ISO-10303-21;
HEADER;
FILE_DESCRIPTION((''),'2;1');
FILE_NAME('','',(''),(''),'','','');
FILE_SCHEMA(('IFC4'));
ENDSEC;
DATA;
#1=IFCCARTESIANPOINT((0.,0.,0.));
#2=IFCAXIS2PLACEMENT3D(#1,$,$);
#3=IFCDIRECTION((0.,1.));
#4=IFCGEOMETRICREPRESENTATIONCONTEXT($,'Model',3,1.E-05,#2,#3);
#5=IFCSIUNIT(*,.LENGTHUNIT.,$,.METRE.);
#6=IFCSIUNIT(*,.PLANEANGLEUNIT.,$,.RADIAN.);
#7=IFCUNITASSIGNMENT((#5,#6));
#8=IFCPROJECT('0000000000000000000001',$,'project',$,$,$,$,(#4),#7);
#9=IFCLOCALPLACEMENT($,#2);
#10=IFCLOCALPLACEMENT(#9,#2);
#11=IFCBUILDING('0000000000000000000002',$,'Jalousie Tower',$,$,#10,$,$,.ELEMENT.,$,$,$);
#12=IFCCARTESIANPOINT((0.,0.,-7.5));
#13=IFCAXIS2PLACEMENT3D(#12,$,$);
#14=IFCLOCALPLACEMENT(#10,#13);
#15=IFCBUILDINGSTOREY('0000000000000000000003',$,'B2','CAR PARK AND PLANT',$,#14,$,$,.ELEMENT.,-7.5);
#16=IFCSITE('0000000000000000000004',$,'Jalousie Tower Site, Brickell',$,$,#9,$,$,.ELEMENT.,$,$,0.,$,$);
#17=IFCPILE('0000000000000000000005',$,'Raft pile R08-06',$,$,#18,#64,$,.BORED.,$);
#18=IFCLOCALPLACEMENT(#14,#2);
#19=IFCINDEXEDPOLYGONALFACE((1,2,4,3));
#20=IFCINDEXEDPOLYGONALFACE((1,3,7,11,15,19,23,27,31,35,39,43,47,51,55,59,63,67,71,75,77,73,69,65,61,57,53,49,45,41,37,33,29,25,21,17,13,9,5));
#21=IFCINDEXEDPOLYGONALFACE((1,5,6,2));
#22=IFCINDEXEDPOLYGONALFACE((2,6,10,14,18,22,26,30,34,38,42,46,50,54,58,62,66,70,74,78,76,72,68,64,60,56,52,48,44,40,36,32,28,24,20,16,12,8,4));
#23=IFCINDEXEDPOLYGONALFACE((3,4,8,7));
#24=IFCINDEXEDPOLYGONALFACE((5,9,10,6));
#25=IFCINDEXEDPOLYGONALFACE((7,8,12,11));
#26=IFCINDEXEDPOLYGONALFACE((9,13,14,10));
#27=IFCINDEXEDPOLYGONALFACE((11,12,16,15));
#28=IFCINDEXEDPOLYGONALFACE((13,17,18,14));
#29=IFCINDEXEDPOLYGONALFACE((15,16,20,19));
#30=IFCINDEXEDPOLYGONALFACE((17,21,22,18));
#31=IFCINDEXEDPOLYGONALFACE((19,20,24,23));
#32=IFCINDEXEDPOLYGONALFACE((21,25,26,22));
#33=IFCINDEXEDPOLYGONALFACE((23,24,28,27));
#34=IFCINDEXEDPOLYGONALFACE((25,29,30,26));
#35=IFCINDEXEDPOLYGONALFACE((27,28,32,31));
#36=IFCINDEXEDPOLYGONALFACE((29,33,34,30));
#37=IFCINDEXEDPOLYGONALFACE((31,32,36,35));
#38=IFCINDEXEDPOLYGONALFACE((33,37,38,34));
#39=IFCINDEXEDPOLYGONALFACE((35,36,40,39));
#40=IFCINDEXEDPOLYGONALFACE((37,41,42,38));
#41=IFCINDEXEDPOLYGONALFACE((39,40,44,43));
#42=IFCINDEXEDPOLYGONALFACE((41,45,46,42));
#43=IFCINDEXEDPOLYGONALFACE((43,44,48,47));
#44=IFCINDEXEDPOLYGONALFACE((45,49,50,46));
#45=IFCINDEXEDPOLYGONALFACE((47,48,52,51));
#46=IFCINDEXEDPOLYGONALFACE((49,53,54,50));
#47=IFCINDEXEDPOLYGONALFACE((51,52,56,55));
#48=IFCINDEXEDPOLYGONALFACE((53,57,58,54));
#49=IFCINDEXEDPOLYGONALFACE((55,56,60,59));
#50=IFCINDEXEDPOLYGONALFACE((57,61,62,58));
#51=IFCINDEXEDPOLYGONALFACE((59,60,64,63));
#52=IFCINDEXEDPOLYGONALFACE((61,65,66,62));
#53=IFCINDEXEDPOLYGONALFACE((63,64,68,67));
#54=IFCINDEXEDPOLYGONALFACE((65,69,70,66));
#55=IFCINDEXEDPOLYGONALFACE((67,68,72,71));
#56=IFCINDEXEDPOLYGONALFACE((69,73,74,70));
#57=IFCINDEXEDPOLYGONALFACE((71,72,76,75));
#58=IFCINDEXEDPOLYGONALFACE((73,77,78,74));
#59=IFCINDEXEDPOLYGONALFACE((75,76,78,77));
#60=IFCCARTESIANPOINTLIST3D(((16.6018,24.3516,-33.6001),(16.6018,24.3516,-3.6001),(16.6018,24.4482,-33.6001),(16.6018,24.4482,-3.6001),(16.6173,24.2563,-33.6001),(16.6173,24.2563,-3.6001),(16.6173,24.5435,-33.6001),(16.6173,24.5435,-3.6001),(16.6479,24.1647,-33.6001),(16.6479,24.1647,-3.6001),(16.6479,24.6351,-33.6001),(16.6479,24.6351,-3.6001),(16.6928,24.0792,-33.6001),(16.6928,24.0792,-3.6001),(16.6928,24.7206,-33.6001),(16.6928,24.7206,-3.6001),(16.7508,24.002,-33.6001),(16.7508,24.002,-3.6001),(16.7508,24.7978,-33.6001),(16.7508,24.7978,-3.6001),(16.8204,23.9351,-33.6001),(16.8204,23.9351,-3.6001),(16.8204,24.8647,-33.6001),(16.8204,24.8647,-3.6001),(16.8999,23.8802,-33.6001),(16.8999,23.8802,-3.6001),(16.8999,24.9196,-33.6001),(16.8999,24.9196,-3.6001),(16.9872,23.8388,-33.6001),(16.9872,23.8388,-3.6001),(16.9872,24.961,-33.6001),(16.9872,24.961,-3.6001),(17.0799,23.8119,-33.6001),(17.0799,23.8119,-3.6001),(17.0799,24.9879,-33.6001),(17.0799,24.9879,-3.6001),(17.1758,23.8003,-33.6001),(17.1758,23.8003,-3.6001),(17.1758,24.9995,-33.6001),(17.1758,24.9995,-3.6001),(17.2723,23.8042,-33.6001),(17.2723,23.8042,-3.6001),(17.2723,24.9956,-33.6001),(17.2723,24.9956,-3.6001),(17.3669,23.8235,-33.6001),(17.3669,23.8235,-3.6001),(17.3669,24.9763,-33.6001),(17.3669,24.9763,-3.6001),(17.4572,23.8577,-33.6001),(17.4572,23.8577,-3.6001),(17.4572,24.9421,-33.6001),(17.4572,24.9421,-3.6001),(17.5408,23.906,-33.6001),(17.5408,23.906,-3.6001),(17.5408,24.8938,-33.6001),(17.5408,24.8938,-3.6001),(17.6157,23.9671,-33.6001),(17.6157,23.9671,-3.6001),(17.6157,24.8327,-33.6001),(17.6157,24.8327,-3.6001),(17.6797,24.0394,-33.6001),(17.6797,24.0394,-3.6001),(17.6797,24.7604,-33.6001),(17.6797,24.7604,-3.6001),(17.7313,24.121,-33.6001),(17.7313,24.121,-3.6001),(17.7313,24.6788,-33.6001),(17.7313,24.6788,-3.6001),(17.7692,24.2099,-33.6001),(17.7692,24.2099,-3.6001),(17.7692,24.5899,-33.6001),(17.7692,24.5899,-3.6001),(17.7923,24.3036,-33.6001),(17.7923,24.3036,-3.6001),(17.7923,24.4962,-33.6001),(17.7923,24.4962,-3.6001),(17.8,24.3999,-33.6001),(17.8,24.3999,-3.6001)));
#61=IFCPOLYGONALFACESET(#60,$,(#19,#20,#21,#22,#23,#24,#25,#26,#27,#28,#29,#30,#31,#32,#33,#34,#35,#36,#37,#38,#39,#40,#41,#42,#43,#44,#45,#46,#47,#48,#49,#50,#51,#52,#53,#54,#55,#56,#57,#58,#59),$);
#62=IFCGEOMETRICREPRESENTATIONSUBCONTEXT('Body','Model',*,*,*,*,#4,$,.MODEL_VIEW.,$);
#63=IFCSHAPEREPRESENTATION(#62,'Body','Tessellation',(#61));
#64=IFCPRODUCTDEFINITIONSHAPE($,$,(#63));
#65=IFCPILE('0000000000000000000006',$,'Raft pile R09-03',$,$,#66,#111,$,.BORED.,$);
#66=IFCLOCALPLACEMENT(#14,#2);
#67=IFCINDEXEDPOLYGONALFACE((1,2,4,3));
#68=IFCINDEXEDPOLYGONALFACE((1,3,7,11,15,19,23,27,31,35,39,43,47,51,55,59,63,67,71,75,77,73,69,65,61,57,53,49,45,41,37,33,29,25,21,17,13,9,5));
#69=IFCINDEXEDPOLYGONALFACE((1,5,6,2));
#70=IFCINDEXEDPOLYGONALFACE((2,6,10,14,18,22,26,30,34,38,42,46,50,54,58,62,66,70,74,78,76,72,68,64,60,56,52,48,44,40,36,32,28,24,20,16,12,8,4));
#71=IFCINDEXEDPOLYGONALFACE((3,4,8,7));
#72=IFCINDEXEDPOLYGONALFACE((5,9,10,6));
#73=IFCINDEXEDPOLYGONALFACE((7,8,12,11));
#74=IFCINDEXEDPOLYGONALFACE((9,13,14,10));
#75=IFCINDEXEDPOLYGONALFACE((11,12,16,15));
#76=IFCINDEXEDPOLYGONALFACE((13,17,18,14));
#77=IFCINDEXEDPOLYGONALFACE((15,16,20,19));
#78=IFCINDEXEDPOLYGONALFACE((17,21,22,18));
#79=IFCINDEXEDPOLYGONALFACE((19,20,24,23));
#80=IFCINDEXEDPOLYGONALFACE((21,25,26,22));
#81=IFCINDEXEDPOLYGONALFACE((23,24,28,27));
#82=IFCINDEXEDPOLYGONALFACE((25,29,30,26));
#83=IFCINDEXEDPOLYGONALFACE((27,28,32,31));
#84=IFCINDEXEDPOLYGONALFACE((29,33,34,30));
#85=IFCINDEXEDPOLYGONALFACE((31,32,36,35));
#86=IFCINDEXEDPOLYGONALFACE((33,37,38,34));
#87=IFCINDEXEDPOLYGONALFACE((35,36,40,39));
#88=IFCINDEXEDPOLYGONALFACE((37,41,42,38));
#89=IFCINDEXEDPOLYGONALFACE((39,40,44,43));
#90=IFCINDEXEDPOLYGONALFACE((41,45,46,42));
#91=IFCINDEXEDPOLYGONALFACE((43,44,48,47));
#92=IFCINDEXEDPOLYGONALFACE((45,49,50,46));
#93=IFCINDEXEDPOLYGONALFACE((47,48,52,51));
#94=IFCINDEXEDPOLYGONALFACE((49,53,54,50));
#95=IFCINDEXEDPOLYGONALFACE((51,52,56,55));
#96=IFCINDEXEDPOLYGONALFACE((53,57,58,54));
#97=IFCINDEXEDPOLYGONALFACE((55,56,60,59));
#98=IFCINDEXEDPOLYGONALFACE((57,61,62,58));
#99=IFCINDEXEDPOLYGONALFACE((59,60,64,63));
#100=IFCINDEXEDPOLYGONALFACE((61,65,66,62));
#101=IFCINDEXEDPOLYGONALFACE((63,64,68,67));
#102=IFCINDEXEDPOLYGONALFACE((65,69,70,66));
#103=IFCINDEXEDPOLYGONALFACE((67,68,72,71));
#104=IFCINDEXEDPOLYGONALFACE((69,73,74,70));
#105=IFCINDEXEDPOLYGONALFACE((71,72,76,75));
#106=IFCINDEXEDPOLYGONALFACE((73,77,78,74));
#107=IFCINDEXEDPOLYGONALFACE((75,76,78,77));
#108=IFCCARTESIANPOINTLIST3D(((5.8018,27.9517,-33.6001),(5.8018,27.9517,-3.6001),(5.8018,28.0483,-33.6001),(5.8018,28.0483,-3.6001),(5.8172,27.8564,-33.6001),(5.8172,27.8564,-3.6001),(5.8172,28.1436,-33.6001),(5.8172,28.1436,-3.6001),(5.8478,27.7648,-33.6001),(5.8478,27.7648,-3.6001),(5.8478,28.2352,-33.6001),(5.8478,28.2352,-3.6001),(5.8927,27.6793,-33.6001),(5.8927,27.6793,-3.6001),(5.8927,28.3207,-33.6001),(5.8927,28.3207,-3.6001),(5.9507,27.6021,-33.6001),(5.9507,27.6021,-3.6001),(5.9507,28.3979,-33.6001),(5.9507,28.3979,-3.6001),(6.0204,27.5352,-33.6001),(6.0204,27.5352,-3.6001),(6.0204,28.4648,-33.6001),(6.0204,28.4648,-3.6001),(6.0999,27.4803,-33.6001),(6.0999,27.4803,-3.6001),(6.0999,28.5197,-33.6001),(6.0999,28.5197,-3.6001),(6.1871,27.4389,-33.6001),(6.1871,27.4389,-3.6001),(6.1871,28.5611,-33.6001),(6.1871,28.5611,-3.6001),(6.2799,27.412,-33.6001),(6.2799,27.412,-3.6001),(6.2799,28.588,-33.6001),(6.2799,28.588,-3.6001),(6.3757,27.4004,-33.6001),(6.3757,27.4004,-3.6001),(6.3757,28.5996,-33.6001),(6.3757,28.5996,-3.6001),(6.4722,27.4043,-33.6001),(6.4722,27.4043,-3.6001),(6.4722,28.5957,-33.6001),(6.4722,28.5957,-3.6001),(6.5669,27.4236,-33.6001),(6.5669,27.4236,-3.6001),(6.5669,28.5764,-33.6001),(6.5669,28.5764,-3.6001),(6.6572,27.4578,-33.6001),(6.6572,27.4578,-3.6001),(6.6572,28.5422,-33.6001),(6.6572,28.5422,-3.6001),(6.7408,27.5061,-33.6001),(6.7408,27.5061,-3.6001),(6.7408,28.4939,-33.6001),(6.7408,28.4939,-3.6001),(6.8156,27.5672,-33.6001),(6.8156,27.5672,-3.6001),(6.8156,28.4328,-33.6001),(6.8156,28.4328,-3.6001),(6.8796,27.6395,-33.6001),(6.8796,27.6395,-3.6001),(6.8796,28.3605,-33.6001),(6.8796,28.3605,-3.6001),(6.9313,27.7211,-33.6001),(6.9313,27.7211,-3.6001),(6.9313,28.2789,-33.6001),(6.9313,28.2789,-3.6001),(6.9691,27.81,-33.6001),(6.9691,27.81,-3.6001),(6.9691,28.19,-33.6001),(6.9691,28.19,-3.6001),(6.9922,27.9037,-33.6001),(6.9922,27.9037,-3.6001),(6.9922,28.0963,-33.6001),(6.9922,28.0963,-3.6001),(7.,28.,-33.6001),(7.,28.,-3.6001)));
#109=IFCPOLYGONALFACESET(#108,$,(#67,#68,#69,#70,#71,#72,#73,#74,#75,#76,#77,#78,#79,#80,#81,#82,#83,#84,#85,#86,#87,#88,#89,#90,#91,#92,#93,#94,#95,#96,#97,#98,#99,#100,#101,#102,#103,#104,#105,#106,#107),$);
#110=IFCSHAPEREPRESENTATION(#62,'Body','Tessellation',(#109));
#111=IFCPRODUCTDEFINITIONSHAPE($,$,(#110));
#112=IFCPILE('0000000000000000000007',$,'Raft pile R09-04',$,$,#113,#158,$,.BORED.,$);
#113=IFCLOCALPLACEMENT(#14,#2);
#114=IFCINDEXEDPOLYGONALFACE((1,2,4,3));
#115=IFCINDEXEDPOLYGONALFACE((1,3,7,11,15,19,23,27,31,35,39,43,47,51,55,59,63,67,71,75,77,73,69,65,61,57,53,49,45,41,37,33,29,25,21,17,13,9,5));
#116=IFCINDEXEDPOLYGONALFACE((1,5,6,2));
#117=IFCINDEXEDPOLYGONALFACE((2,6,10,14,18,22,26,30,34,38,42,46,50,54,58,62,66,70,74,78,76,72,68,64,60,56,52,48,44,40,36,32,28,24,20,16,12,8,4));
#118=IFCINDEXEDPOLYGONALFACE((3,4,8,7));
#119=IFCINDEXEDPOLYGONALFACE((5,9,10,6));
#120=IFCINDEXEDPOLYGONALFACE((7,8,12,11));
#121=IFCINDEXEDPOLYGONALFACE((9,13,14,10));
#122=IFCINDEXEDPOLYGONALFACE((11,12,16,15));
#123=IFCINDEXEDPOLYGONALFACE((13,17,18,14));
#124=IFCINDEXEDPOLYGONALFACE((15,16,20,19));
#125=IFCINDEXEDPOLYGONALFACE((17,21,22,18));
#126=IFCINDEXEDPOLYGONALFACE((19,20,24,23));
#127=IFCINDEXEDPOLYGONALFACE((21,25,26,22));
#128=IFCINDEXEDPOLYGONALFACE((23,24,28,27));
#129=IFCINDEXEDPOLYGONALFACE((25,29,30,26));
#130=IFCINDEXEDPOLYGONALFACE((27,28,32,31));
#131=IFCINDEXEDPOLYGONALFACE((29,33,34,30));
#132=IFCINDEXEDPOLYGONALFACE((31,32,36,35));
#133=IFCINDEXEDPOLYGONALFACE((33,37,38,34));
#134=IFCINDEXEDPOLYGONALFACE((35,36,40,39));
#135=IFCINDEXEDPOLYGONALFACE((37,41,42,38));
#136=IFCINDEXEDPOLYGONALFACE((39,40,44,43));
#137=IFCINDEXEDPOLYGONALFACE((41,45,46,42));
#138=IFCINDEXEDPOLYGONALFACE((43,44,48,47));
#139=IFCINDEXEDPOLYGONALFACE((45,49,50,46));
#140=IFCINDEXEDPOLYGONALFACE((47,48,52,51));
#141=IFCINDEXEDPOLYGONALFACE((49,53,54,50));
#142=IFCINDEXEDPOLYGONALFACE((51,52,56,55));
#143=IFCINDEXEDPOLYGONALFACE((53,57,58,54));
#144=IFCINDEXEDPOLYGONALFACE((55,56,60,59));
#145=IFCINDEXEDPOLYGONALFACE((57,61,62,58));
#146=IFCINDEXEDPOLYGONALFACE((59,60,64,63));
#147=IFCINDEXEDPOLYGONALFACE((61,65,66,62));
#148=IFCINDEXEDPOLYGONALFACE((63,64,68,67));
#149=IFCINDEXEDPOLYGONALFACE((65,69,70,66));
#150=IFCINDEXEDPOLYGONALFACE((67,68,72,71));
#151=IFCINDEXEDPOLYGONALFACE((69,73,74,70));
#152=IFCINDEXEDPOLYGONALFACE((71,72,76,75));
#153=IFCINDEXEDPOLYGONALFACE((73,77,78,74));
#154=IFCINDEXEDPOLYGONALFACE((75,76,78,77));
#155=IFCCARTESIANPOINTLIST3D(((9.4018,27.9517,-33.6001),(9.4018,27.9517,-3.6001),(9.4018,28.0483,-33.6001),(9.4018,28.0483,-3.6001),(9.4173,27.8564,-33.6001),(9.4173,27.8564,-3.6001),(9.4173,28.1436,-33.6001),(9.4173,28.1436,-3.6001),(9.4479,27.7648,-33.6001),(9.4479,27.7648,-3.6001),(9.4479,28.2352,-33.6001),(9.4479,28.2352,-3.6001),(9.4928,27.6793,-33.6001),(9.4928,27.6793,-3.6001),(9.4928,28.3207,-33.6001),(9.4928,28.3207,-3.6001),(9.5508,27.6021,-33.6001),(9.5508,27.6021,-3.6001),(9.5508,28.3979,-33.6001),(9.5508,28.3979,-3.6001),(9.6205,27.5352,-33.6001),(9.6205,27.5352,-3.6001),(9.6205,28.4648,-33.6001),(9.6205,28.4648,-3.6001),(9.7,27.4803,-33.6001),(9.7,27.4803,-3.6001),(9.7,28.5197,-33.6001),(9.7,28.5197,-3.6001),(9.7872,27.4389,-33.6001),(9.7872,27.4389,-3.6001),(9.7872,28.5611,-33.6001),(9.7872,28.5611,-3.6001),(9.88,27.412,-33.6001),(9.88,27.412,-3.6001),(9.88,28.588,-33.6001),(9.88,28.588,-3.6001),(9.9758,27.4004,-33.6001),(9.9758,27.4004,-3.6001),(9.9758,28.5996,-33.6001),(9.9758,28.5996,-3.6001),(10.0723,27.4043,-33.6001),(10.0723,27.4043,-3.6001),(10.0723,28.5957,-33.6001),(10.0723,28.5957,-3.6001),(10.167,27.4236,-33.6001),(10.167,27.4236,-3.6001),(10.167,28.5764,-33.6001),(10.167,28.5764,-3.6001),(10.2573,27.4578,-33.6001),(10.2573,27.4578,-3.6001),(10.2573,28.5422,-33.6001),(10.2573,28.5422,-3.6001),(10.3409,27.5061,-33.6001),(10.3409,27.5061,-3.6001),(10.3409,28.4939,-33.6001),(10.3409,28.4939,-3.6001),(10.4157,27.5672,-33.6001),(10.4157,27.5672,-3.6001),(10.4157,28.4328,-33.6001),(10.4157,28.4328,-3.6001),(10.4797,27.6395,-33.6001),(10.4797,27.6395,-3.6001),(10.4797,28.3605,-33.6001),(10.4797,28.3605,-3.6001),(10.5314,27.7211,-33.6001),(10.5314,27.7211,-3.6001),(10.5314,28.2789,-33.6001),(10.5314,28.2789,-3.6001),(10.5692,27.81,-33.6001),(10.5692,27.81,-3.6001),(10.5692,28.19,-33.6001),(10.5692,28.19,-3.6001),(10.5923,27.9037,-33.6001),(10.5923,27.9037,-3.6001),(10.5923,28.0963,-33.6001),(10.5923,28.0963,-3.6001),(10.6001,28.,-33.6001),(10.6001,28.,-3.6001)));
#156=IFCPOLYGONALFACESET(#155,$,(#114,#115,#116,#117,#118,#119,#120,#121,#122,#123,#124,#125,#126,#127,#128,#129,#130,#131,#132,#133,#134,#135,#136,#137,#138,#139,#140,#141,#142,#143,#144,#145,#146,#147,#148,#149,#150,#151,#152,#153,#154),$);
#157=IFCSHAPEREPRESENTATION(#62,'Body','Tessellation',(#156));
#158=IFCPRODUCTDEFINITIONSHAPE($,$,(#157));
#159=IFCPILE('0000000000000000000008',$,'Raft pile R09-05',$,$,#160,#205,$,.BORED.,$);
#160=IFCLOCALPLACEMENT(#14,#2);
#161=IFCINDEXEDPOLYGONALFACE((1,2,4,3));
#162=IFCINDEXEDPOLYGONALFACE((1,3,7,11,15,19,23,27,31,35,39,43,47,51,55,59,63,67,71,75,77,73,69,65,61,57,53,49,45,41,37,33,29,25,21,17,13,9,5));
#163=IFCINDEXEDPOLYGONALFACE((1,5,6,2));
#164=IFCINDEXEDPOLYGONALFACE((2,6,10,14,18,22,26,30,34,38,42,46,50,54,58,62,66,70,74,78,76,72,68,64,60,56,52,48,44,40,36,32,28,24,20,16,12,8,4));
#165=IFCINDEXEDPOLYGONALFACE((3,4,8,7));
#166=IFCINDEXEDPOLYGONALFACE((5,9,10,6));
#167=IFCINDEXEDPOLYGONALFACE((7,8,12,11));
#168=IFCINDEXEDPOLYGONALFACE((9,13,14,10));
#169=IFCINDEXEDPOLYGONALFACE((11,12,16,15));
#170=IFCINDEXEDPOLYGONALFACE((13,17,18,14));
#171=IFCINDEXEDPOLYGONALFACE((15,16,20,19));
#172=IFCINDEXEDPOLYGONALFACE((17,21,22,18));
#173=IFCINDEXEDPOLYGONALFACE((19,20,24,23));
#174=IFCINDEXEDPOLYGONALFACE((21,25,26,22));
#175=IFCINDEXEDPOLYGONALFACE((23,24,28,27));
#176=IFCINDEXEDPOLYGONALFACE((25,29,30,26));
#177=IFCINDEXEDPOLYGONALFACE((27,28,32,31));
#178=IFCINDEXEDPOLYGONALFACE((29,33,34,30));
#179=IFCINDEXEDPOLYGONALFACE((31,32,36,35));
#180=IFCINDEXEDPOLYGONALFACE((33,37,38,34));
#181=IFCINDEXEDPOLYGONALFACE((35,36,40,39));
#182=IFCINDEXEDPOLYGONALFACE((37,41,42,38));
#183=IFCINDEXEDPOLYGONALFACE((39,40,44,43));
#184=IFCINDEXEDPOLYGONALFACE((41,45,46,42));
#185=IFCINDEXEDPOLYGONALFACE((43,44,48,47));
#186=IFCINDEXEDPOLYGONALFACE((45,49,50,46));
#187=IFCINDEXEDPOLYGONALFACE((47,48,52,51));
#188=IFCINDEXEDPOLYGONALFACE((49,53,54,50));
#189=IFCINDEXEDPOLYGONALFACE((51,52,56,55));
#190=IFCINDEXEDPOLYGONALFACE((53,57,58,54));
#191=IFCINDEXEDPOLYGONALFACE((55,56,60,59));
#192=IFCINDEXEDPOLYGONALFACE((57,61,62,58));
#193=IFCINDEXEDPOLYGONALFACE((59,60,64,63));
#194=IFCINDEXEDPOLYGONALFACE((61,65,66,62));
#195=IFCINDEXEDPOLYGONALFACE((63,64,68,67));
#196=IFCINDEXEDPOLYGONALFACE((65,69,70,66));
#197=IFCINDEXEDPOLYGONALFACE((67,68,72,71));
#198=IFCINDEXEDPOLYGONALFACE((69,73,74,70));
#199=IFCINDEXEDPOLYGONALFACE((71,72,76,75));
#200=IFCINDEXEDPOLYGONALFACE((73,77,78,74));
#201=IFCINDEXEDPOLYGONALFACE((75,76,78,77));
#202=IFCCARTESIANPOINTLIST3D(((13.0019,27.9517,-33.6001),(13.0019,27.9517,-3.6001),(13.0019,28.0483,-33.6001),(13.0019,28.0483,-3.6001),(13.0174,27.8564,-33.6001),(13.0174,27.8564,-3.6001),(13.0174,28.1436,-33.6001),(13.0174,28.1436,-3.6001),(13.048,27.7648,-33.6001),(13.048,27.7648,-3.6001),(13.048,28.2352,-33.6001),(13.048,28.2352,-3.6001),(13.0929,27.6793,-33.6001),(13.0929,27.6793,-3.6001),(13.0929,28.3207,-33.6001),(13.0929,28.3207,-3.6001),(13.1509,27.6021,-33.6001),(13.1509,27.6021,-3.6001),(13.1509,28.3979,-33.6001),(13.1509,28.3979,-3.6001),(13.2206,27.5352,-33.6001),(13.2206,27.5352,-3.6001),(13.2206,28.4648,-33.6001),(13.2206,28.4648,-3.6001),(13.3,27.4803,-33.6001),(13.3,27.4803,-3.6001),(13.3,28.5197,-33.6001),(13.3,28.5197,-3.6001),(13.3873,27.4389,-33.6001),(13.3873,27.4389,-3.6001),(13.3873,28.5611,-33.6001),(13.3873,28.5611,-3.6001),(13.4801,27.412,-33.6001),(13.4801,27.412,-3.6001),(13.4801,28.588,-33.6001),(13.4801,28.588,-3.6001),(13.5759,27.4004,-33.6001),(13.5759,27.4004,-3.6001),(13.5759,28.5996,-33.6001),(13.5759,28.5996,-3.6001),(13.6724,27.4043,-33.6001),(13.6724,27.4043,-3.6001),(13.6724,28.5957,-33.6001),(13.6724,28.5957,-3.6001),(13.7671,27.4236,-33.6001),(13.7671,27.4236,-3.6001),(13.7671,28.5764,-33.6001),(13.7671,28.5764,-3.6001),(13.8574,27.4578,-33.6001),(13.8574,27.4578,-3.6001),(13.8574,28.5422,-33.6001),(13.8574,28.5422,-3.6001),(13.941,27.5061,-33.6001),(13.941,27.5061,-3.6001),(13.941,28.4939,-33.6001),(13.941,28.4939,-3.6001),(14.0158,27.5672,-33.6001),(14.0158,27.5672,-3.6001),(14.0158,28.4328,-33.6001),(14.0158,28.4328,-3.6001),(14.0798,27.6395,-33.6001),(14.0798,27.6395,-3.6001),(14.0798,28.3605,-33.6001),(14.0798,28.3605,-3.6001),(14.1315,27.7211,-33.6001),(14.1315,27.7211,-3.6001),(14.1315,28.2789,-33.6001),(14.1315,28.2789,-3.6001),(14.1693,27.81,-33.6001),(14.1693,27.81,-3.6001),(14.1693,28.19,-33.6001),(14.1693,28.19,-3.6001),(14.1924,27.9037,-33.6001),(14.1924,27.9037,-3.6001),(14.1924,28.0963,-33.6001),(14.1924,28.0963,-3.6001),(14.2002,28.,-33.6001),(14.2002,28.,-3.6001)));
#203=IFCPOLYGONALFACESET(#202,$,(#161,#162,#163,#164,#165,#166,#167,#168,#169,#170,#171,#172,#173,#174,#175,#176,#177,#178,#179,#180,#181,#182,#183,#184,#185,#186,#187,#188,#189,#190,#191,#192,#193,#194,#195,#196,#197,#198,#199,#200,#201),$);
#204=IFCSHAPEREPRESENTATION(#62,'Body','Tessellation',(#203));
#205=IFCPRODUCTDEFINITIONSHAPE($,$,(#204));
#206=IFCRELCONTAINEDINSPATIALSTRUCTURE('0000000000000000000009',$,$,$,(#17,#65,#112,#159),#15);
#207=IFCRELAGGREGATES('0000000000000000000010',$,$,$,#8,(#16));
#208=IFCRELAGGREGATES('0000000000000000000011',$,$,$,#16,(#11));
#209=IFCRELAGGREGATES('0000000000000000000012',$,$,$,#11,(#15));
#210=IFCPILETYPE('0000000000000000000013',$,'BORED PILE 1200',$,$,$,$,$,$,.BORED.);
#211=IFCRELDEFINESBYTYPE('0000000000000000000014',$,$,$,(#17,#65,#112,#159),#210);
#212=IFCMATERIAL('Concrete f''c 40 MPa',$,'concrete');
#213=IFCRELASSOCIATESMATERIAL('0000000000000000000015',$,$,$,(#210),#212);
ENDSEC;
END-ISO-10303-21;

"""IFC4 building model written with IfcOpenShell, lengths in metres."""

from ifc_helpers import new_model, si_unit, direction, frame, origin, origin_2d, place, context, subcontext, project, spatial, circle, extrude, material, material_profile, profile_set, type_object, element, save


model = new_model("IFC4")

# Units and contexts
model_context = context("Model", 3, precision=1e-05, world=origin(), true_north=direction((0.0, 1.0)))
body_context = subcontext(model_context, "Body", "Model", "MODEL_VIEW")
ifc_project = project(units=[si_unit("LENGTHUNIT", "METRE"), si_unit("PLANEANGLEUNIT", "RADIAN")], contexts=[model_context])

# Site, building, storey
site_placement = place(None, origin())
site = spatial("IfcSite", under=ifc_project, at=site_placement, Name="Jalousie Tower Site, Brickell", CompositionType="ELEMENT", RefElevation=0.0)
building_placement = place(site_placement, origin())
building = spatial("IfcBuilding", under=site, at=building_placement, Name="Jalousie Tower", CompositionType="ELEMENT")
storey_placement = place(building_placement, frame((0.0, 0.0, -7.5)))
storey = spatial("IfcBuildingStorey", under=building, at=storey_placement, Name="B2", Description="CAR PARK AND PLANT", CompositionType="ELEMENT", Elevation=-7.5)

# Piles
ifc_material_1 = material(Name="Concrete f'c 40 MPa", Category="concrete")
ifc_material_profile_1 = material_profile(ifc_material_1, circle(Radius=0.6001, at=origin_2d()), Name="BORED PILE D1200")
ifc_profile_set_1 = profile_set([ifc_material_profile_1], Name="Concrete f'c 40 MPa")
pile_type = type_object("IfcPileType", Name="BORED PILE 1200", PredefinedType="BORED", material=ifc_profile_set_1)
for number, where, z_axis, x_axis, name in (
    (1, (17.2, 24.3999, -3.6001), (0.0, 0.0, -1.0), (1.0, 0.0, 0.0), "Raft pile R08-06"),
    (2, (6.3999, 28.0, -3.6001), (0.0, 0.0, -1.0), (1.0, 0.0, 0.0), "Raft pile R09-03"),
    (3, (10.0, 28.0, -3.6001), (0.0, 0.0, -1.0), (1.0, 0.0, 0.0), "Raft pile R09-04"),
    (4, (13.6001, 28.0, -3.6001), (0.0, 0.0, -1.0), (1.0, 0.0, 0.0), "Raft pile R09-05"),
):
    element("IfcPile", number, at=place(storey_placement, frame(where, z_axis=z_axis, x_axis=x_axis)), inside=storey, type_object=pile_type, Name=name, PredefinedType="BORED", context=body_context, shape_type="SweptSolid", body=[
        extrude(circle(Radius=0.6001, at=origin_2d()), origin(), (0.0, 0.0, 1.0), 30.0),
    ])

save(model, "model.ifc")
